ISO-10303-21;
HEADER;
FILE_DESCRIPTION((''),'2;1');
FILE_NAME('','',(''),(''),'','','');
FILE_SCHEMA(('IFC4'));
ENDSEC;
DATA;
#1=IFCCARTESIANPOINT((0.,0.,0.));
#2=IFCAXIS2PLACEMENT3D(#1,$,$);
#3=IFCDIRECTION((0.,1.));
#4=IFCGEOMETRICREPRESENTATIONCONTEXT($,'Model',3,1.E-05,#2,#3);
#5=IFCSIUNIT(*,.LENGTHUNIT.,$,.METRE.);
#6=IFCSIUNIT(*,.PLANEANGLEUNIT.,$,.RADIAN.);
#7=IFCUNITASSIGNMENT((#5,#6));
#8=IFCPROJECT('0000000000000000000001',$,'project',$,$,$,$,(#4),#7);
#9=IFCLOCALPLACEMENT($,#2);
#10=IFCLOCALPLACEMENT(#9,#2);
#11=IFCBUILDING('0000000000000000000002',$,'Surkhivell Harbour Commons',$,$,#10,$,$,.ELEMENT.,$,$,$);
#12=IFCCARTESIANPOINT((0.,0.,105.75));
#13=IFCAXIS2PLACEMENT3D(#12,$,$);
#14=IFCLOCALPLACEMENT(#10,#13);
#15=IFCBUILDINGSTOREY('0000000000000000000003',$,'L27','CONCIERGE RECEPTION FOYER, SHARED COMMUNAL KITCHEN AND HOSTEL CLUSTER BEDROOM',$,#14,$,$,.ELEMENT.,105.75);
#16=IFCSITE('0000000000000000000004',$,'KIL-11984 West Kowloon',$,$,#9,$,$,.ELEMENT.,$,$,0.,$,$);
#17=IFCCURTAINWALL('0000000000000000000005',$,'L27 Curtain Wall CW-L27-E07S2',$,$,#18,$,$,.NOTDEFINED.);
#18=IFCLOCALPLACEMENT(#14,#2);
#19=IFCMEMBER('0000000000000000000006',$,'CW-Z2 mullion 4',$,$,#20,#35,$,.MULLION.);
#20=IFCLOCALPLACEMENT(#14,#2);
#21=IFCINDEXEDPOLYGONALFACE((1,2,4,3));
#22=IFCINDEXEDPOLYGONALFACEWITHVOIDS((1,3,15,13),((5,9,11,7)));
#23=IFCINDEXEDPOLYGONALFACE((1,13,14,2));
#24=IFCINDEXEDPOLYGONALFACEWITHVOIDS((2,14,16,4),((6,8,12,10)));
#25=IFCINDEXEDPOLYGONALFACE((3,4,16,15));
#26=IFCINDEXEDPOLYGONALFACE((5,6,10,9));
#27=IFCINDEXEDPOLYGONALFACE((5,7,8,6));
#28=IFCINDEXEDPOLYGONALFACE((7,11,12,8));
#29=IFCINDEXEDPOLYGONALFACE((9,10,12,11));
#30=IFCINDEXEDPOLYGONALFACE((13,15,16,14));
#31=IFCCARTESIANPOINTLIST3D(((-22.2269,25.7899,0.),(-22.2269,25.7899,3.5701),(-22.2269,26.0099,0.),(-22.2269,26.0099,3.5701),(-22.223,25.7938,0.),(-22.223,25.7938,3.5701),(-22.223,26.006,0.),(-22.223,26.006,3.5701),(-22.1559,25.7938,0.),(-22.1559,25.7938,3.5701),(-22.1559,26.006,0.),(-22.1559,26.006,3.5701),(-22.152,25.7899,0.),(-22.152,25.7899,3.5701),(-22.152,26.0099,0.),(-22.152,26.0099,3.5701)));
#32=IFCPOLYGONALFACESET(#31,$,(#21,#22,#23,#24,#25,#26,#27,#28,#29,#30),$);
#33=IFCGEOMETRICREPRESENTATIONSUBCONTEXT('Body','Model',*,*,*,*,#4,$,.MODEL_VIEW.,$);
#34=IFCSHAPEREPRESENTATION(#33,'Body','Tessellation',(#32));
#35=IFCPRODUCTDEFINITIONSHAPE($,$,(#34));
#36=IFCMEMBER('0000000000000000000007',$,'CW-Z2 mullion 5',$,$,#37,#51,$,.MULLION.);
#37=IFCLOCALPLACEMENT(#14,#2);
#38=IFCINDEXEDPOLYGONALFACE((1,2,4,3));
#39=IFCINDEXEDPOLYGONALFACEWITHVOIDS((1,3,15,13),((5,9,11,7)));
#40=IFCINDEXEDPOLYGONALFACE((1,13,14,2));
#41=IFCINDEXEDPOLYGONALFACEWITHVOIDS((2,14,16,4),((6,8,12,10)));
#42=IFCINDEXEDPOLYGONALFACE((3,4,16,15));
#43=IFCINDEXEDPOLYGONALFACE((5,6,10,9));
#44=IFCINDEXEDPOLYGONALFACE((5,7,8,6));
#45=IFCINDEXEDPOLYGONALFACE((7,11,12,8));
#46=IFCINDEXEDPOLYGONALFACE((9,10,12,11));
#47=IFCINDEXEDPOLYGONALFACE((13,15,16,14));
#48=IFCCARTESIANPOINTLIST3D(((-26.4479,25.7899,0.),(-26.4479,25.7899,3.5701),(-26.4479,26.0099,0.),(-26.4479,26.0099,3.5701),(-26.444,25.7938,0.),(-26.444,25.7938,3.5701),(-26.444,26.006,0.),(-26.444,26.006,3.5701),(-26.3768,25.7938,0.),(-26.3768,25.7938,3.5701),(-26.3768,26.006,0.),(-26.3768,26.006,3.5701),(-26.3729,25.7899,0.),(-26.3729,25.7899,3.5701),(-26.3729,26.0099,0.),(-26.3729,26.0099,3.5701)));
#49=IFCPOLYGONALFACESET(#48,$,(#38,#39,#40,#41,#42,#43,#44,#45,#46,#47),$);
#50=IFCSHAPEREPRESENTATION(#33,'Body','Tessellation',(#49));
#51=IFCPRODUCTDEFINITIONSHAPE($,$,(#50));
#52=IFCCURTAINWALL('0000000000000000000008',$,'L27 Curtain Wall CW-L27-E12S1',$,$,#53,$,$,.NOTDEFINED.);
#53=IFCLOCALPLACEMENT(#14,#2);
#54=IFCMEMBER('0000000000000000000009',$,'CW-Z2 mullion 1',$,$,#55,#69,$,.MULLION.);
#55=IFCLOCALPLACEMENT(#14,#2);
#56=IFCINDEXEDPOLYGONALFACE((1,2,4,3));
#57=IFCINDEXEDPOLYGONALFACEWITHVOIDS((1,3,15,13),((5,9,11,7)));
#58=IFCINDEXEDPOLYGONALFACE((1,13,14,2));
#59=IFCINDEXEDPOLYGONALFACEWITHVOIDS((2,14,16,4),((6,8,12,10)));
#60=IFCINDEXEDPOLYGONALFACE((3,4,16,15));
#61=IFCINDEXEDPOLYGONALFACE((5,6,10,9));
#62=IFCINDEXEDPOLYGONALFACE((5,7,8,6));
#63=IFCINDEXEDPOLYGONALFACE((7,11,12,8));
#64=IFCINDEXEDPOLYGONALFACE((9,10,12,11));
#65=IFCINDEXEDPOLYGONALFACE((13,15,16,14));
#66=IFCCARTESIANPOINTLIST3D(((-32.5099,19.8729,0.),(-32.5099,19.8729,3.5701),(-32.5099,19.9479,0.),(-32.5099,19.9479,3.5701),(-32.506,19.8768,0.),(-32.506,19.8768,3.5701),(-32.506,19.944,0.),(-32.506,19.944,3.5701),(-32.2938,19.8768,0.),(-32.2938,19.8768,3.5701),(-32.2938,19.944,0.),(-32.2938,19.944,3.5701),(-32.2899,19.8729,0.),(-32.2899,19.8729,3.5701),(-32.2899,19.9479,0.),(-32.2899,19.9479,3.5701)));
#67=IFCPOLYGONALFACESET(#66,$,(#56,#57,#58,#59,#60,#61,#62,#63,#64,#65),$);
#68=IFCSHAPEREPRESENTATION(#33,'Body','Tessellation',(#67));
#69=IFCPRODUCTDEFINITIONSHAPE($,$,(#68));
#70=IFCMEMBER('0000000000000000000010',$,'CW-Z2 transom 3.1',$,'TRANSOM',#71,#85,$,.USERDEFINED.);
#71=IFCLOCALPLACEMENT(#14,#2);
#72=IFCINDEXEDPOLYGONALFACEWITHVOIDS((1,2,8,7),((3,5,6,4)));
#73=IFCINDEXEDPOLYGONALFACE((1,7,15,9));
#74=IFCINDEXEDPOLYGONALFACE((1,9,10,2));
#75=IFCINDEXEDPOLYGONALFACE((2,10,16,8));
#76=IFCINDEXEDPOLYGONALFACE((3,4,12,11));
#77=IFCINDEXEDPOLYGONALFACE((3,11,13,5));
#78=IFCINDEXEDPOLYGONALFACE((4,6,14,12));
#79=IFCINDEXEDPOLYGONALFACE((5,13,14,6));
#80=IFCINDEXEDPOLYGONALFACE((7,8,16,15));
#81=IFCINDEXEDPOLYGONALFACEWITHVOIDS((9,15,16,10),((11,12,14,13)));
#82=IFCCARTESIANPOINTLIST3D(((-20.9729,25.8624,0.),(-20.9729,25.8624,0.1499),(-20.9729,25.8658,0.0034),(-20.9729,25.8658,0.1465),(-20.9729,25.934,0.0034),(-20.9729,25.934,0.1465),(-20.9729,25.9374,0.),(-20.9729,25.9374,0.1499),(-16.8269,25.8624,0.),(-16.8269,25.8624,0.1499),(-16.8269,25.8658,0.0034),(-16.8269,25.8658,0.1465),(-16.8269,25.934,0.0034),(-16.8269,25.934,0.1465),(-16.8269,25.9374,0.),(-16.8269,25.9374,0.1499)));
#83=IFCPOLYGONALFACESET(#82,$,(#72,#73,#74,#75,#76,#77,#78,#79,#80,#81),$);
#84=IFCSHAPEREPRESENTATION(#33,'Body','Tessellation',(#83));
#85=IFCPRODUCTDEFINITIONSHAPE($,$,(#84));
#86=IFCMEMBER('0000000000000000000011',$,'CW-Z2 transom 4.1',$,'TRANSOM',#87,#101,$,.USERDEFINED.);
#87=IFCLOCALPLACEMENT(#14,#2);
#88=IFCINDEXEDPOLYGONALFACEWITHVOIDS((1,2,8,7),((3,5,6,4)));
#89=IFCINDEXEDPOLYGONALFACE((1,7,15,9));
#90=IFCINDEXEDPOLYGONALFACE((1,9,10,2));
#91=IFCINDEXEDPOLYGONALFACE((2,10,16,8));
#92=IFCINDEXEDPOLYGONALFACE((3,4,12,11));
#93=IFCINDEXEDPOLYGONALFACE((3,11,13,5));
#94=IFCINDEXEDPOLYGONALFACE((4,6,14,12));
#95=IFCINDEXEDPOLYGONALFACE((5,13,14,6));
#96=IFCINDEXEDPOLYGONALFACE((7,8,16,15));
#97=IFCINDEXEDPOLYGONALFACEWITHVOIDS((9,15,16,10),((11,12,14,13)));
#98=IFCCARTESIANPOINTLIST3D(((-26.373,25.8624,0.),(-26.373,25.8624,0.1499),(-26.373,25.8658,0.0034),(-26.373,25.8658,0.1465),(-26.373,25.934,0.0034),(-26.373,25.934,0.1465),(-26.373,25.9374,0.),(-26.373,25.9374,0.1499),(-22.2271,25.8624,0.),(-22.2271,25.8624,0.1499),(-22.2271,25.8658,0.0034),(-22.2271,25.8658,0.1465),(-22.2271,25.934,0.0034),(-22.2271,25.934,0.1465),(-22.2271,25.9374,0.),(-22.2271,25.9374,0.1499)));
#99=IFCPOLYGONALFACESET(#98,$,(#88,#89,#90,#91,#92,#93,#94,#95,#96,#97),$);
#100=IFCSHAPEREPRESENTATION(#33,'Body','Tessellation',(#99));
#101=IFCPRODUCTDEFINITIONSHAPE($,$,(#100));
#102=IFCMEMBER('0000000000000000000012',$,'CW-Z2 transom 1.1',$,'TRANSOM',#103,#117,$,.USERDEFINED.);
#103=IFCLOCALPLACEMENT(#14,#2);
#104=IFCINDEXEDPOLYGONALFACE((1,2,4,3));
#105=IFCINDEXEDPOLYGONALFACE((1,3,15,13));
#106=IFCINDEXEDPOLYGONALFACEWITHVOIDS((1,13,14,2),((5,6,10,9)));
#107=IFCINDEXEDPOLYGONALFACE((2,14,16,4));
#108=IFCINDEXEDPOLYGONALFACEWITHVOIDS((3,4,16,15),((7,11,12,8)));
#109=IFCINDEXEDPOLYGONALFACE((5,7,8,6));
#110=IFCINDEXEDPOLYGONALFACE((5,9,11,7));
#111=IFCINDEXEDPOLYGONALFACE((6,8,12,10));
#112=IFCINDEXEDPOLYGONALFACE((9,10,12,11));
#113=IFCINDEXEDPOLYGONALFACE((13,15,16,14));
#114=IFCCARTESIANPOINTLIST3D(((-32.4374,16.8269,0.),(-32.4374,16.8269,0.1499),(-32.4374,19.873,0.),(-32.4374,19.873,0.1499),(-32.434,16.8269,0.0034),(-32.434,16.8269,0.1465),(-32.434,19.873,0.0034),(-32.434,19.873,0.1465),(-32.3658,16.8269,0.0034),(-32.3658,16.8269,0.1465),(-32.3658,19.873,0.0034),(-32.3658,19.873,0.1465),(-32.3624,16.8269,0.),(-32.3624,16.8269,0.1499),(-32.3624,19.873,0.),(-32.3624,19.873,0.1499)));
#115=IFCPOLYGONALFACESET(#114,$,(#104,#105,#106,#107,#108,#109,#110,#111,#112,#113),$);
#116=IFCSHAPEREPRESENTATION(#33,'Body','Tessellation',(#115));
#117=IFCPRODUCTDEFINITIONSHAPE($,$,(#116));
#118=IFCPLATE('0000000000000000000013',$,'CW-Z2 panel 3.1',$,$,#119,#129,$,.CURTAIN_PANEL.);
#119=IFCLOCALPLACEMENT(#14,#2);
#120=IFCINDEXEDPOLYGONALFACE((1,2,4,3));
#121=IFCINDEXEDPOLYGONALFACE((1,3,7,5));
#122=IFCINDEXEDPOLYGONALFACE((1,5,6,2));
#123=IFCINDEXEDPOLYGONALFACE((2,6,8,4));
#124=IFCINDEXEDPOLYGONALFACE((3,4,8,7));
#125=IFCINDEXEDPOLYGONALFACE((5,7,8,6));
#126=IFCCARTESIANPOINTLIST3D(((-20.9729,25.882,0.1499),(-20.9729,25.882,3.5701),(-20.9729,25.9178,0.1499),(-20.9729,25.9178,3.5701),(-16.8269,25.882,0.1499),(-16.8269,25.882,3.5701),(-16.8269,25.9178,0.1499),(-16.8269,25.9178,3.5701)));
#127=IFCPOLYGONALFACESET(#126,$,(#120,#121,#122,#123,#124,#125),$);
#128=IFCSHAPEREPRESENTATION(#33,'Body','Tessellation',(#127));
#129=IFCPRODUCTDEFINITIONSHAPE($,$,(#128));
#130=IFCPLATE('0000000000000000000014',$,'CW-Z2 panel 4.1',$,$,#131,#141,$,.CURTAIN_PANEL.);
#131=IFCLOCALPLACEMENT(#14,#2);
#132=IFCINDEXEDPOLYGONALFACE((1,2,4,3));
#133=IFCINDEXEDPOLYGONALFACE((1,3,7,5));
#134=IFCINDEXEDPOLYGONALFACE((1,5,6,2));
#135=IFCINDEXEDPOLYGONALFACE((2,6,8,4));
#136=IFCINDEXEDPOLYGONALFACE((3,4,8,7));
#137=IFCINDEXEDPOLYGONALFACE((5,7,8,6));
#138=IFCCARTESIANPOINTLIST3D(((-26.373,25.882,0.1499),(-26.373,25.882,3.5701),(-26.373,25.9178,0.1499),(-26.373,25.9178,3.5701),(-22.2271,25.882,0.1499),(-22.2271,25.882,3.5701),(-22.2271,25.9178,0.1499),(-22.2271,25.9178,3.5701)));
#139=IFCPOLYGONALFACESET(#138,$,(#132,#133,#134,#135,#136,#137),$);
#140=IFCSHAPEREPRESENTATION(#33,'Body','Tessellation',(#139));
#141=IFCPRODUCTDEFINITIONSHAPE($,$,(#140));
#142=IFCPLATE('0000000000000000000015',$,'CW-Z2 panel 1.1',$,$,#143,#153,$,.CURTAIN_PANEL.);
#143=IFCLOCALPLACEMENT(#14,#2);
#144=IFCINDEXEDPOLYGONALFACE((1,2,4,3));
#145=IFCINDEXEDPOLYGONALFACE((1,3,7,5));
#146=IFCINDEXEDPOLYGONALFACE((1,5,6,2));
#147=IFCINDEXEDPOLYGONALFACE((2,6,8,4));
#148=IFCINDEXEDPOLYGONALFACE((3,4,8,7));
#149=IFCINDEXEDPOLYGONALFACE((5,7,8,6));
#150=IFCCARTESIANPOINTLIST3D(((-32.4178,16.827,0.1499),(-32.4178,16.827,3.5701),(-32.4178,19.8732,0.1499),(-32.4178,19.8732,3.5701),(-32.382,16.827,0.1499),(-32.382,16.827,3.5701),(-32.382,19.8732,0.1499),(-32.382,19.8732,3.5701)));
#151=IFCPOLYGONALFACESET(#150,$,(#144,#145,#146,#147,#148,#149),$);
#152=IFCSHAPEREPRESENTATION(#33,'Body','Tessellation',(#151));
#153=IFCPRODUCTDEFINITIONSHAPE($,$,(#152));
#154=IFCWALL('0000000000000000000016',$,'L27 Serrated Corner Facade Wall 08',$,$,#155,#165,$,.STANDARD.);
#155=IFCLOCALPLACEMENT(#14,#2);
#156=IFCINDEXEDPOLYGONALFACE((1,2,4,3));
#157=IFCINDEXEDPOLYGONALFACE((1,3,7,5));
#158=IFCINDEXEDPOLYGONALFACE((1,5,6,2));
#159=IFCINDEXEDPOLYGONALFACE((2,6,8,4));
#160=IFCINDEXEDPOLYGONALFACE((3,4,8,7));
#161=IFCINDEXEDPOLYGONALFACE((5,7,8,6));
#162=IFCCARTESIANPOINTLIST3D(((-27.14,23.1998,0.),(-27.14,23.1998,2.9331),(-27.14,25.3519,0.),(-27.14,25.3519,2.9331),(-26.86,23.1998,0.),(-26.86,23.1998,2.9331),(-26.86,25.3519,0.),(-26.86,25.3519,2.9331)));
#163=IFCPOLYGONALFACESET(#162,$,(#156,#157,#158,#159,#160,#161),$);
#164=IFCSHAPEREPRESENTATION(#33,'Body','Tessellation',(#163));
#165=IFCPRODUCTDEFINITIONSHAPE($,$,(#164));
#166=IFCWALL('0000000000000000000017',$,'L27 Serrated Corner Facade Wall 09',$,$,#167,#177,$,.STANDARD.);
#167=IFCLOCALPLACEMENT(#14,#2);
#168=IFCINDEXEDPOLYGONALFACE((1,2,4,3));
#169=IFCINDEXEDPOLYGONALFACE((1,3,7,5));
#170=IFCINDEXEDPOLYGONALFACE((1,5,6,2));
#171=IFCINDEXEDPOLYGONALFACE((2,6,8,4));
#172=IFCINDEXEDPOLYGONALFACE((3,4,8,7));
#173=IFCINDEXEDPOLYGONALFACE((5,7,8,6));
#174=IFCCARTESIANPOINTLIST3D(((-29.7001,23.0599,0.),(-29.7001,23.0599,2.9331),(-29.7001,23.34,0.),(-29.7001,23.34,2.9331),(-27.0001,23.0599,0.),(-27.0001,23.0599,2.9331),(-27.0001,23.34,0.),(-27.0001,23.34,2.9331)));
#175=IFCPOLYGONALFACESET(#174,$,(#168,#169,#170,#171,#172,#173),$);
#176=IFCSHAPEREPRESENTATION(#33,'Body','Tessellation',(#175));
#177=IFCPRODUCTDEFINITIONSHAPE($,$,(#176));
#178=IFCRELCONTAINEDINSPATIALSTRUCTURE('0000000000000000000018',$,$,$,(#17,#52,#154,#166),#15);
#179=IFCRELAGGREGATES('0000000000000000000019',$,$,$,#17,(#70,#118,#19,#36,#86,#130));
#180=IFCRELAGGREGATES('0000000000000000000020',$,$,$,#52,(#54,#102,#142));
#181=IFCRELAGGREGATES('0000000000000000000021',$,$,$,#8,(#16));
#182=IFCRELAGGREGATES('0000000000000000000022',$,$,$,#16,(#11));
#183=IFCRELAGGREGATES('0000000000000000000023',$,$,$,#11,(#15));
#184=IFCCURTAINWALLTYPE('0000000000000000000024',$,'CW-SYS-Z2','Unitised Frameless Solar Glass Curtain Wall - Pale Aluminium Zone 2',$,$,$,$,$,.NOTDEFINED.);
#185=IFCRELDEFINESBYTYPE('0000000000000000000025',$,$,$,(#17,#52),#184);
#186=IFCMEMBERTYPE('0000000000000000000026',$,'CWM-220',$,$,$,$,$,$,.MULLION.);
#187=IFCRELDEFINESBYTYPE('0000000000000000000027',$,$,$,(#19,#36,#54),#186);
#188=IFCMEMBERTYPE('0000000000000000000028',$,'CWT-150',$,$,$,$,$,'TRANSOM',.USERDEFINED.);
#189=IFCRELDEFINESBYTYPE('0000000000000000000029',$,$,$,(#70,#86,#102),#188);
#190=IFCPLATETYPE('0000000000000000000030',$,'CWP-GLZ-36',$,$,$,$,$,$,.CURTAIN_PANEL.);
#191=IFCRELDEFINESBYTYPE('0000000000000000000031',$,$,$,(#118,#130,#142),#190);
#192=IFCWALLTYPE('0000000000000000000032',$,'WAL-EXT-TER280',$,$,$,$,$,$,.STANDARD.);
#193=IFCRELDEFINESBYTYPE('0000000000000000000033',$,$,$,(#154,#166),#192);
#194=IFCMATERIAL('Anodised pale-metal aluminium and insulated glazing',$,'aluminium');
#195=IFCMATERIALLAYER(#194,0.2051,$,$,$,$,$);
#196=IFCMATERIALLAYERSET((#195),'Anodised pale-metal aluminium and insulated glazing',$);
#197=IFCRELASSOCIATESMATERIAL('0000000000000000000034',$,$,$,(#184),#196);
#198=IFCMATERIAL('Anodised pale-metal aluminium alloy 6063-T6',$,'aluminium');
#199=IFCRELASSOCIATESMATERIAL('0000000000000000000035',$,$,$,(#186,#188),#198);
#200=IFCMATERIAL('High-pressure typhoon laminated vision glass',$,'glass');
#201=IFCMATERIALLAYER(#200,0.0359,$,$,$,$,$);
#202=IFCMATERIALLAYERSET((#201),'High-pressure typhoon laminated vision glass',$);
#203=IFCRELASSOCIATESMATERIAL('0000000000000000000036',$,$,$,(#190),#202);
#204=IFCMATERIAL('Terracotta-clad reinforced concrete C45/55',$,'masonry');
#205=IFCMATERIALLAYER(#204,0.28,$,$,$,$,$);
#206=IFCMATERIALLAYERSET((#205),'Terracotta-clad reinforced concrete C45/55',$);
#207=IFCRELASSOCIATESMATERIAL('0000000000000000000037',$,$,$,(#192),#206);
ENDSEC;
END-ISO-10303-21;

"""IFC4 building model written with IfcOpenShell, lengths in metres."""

from ifc_helpers import new_model, si_unit, direction, frame, frame_2d, origin, origin_2d, place, context, subcontext, project, spatial, rectangle, hollow_rectangle, extrude, material, layer, layer_set, material_profile, profile_set, type_object, element, aggregate, save


model = new_model("IFC4")

# Units and contexts
model_context = context("Model", 3, precision=1e-05, world=origin(), true_north=direction((0.0, 1.0)))
body_context = subcontext(model_context, "Body", "Model", "MODEL_VIEW")
ifc_project = project(units=[si_unit("LENGTHUNIT", "METRE"), si_unit("PLANEANGLEUNIT", "RADIAN")], contexts=[model_context])

# Site, building, storey
site_placement = place(None, origin())
site = spatial("IfcSite", under=ifc_project, at=site_placement, Name="KIL-11984 West Kowloon", CompositionType="ELEMENT", RefElevation=0.0)
building_placement = place(site_placement, origin())
building = spatial("IfcBuilding", under=site, at=building_placement, Name="Surkhivell Harbour Commons", CompositionType="ELEMENT")
storey_placement = place(building_placement, frame((0.0, 0.0, 105.75)))
storey = spatial("IfcBuildingStorey", under=building, at=storey_placement, Name="L27", Description="CONCIERGE RECEPTION FOYER, SHARED COMMUNAL KITCHEN AND HOSTEL CLUSTER BEDROOM", CompositionType="ELEMENT", Elevation=105.75)

# Curtain wall, members
ifc_material_1 = material(Name="Anodised pale-metal aluminium and insulated glazing", Category="aluminium")
ifc_layer_1 = layer(ifc_material_1, 0.2051)
ifc_layer_set_1 = layer_set([ifc_layer_1], Name="Anodised pale-metal aluminium and insulated glazing")
curtain_wall_type = type_object("IfcCurtainWallType", Name="CW-SYS-Z2", Description="Unitised Frameless Solar Glass Curtain Wall - Pale Aluminium Zone 2", PredefinedType="NOTDEFINED", material=ifc_layer_set_1)
curtain_wall_1_placement = place(storey_placement, origin())
curtain_wall_1 = element("IfcCurtainWall", 1, at=curtain_wall_1_placement, inside=storey, type_object=curtain_wall_type, Name="L27 Curtain Wall CW-L27-E07S2", PredefinedType="NOTDEFINED")
ifc_material_2 = material(Name="Anodised pale-metal aluminium alloy 6063-T6", Category="aluminium")
ifc_material_profile_1 = material_profile(ifc_material_2, hollow_rectangle(XDim=0.075, YDim=0.22, WallThickness=0.0039, at=origin_2d()), Name="ALU-MULL-75x220")
ifc_profile_set_1 = profile_set([ifc_material_profile_1], Name="Anodised pale-metal aluminium alloy 6063-T6")
member_type_1 = type_object("IfcMemberType", Name="CWM-220", PredefinedType="MULLION", material=ifc_profile_set_1)
member_1_placement = place(storey_placement, frame((-22.1895, 25.8999, 0.0), z_axis=(0.0, 0.0, 1.0), x_axis=(-1.0, 0.0, 0.0)))
member_1 = element("IfcMember", 2, at=member_1_placement, type_object=member_type_1, Name="CW-Z2 mullion 4", PredefinedType="MULLION", context=body_context, shape_type="SweptSolid", body=[
    extrude(hollow_rectangle(XDim=0.075, YDim=0.22, WallThickness=0.0039, at=origin_2d()), origin(), (0.0, 0.0, 1.0), 3.5701),
])
member_2_placement = place(storey_placement, frame((-26.4104, 25.8999, 0.0), z_axis=(0.0, 0.0, 1.0), x_axis=(-1.0, 0.0, 0.0)))
member_2 = element("IfcMember", 3, at=member_2_placement, type_object=member_type_1, Name="CW-Z2 mullion 5", PredefinedType="MULLION", context=body_context, shape_type="SweptSolid", body=[
    extrude(hollow_rectangle(XDim=0.075, YDim=0.22, WallThickness=0.0039, at=origin_2d()), origin(), (0.0, 0.0, 1.0), 3.5701),
])

# Curtain wall, member
curtain_wall_2_placement = place(storey_placement, origin())
curtain_wall_2 = element("IfcCurtainWall", 4, at=curtain_wall_2_placement, inside=storey, type_object=curtain_wall_type, Name="L27 Curtain Wall CW-L27-E12S1", PredefinedType="NOTDEFINED")
member_3_placement = place(storey_placement, frame((-32.3999, 19.9104, 0.0), z_axis=(0.0, 0.0, 1.0), x_axis=(0.0, -1.0, 0.0)))
member_3 = element("IfcMember", 5, at=member_3_placement, type_object=member_type_1, Name="CW-Z2 mullion 1", PredefinedType="MULLION", context=body_context, shape_type="SweptSolid", body=[
    extrude(hollow_rectangle(XDim=0.075, YDim=0.22, WallThickness=0.0039, at=origin_2d()), origin(), (0.0, 0.0, 1.0), 3.5701),
])

# Members
ifc_material_profile_2 = material_profile(ifc_material_2, hollow_rectangle(XDim=0.075, YDim=0.1499, WallThickness=0.0034, at=origin_2d()), Name="ALU-TRAN-75x150")
ifc_profile_set_2 = profile_set([ifc_material_profile_2], Name="Anodised pale-metal aluminium alloy 6063-T6")
member_type_2 = type_object("IfcMemberType", Name="CWT-150", ElementType="TRANSOM", PredefinedType="USERDEFINED", material=ifc_profile_set_2)
member_4_placement = place(storey_placement, frame((-16.8269, 25.8999, 0.075), z_axis=(-1.0, 0.0, 0.0), x_axis=(0.0, -1.0, 0.0)))
member_4 = element("IfcMember", 6, at=member_4_placement, type_object=member_type_2, Name="CW-Z2 transom 3.1", ObjectType="TRANSOM", PredefinedType="USERDEFINED", context=body_context, shape_type="SweptSolid", body=[
    extrude(hollow_rectangle(XDim=0.075, YDim=0.1499, WallThickness=0.0034, at=origin_2d()), origin(), (0.0, 0.0, 1.0), 4.146),
])
member_5_placement = place(storey_placement, frame((-22.2271, 25.8999, 0.075), z_axis=(-1.0, 0.0, 0.0), x_axis=(0.0, -1.0, 0.0)))
member_5 = element("IfcMember", 7, at=member_5_placement, type_object=member_type_2, Name="CW-Z2 transom 4.1", ObjectType="TRANSOM", PredefinedType="USERDEFINED", context=body_context, shape_type="SweptSolid", body=[
    extrude(hollow_rectangle(XDim=0.075, YDim=0.1499, WallThickness=0.0034, at=origin_2d()), origin(), (0.0, 0.0, 1.0), 4.146),
])
member_6_placement = place(storey_placement, frame((-32.3999, 19.873, 0.075), z_axis=(0.0, -1.0, 0.0), x_axis=(1.0, 0.0, 0.0)))
member_6 = element("IfcMember", 8, at=member_6_placement, type_object=member_type_2, Name="CW-Z2 transom 1.1", ObjectType="TRANSOM", PredefinedType="USERDEFINED", context=body_context, shape_type="SweptSolid", body=[
    extrude(hollow_rectangle(XDim=0.075, YDim=0.1499, WallThickness=0.0034, at=origin_2d()), origin(), (0.0, 0.0, 1.0), 3.0461),
])

# Plates
ifc_material_3 = material(Name="High-pressure typhoon laminated vision glass", Category="glass")
ifc_layer_2 = layer(ifc_material_3, 0.0359)
ifc_layer_set_2 = layer_set([ifc_layer_2], Name="High-pressure typhoon laminated vision glass")
plate_type = type_object("IfcPlateType", Name="CWP-GLZ-36", PredefinedType="CURTAIN_PANEL", material=ifc_layer_set_2)
plate_1_placement = place(storey_placement, frame((-16.8269, 25.8999, 0.1499), z_axis=(0.0, 0.0, 1.0), x_axis=(-1.0, 0.0, 0.0)))
plate_1 = element("IfcPlate", 9, at=plate_1_placement, type_object=plate_type, Name="CW-Z2 panel 3.1", PredefinedType="CURTAIN_PANEL", context=body_context, shape_type="SweptSolid", body=[
    extrude(rectangle(XDim=4.146, YDim=0.0359, at=frame_2d((2.073, 0.0))), origin(), (0.0, 0.0, 1.0), 3.4202),
])
plate_2_placement = place(storey_placement, frame((-22.2271, 25.8999, 0.1499), z_axis=(0.0, 0.0, 1.0), x_axis=(-1.0, 0.0, 0.0)))
plate_2 = element("IfcPlate", 10, at=plate_2_placement, type_object=plate_type, Name="CW-Z2 panel 4.1", PredefinedType="CURTAIN_PANEL", context=body_context, shape_type="SweptSolid", body=[
    extrude(rectangle(XDim=4.146, YDim=0.0359, at=frame_2d((2.073, 0.0))), origin(), (0.0, 0.0, 1.0), 3.4202),
])
aggregate(curtain_wall_1, [member_4, plate_1, member_1, member_2, member_5, plate_2])
plate_3_placement = place(storey_placement, frame((-32.3999, 19.873, 0.1499), z_axis=(0.0, 0.0, 1.0), x_axis=(0.0, -1.0, 0.0)))
plate_3 = element("IfcPlate", 11, at=plate_3_placement, type_object=plate_type, Name="CW-Z2 panel 1.1", PredefinedType="CURTAIN_PANEL", context=body_context, shape_type="SweptSolid", body=[
    extrude(rectangle(XDim=3.0461, YDim=0.0359, at=frame_2d((1.5229, 0.0))), origin(), (0.0, 0.0, 1.0), 3.4202),
])
aggregate(curtain_wall_2, [member_3, member_6, plate_3])

# Walls
ifc_material_4 = material(Name="Terracotta-clad reinforced concrete C45/55", Category="masonry")
ifc_layer_3 = layer(ifc_material_4, 0.28)
ifc_layer_set_3 = layer_set([ifc_layer_3], Name="Terracotta-clad reinforced concrete C45/55")
wall_type = type_object("IfcWallType", Name="WAL-EXT-TER280", PredefinedType="STANDARD", material=ifc_layer_set_3)
wall_1_placement = place(storey_placement, frame((-27.0, 25.3521, 0.0), z_axis=(0.0, 0.0, 1.0), x_axis=(0.0, -1.0, 0.0)))
element("IfcWall", 12, at=wall_1_placement, inside=storey, type_object=wall_type, Name="L27 Serrated Corner Facade Wall 08", PredefinedType="STANDARD", context=body_context, shape_type="SweptSolid", body=[
    extrude(rectangle(XDim=2.1521, YDim=0.28, at=frame_2d((1.0762, 0.0))), origin(), (0.0, 0.0, 1.0), 2.9331),
])
wall_2_placement = place(storey_placement, frame((-27.0, 23.2, 0.0), z_axis=(0.0, 0.0, 1.0), x_axis=(-1.0, 0.0, 0.0)))
element("IfcWall", 13, at=wall_2_placement, inside=storey, type_object=wall_type, Name="L27 Serrated Corner Facade Wall 09", PredefinedType="STANDARD", context=body_context, shape_type="SweptSolid", body=[
    extrude(rectangle(XDim=2.7, YDim=0.28, at=frame_2d((1.3501, 0.0))), origin(), (0.0, 0.0, 1.0), 2.9331),
])

save(model, "model.ifc")
